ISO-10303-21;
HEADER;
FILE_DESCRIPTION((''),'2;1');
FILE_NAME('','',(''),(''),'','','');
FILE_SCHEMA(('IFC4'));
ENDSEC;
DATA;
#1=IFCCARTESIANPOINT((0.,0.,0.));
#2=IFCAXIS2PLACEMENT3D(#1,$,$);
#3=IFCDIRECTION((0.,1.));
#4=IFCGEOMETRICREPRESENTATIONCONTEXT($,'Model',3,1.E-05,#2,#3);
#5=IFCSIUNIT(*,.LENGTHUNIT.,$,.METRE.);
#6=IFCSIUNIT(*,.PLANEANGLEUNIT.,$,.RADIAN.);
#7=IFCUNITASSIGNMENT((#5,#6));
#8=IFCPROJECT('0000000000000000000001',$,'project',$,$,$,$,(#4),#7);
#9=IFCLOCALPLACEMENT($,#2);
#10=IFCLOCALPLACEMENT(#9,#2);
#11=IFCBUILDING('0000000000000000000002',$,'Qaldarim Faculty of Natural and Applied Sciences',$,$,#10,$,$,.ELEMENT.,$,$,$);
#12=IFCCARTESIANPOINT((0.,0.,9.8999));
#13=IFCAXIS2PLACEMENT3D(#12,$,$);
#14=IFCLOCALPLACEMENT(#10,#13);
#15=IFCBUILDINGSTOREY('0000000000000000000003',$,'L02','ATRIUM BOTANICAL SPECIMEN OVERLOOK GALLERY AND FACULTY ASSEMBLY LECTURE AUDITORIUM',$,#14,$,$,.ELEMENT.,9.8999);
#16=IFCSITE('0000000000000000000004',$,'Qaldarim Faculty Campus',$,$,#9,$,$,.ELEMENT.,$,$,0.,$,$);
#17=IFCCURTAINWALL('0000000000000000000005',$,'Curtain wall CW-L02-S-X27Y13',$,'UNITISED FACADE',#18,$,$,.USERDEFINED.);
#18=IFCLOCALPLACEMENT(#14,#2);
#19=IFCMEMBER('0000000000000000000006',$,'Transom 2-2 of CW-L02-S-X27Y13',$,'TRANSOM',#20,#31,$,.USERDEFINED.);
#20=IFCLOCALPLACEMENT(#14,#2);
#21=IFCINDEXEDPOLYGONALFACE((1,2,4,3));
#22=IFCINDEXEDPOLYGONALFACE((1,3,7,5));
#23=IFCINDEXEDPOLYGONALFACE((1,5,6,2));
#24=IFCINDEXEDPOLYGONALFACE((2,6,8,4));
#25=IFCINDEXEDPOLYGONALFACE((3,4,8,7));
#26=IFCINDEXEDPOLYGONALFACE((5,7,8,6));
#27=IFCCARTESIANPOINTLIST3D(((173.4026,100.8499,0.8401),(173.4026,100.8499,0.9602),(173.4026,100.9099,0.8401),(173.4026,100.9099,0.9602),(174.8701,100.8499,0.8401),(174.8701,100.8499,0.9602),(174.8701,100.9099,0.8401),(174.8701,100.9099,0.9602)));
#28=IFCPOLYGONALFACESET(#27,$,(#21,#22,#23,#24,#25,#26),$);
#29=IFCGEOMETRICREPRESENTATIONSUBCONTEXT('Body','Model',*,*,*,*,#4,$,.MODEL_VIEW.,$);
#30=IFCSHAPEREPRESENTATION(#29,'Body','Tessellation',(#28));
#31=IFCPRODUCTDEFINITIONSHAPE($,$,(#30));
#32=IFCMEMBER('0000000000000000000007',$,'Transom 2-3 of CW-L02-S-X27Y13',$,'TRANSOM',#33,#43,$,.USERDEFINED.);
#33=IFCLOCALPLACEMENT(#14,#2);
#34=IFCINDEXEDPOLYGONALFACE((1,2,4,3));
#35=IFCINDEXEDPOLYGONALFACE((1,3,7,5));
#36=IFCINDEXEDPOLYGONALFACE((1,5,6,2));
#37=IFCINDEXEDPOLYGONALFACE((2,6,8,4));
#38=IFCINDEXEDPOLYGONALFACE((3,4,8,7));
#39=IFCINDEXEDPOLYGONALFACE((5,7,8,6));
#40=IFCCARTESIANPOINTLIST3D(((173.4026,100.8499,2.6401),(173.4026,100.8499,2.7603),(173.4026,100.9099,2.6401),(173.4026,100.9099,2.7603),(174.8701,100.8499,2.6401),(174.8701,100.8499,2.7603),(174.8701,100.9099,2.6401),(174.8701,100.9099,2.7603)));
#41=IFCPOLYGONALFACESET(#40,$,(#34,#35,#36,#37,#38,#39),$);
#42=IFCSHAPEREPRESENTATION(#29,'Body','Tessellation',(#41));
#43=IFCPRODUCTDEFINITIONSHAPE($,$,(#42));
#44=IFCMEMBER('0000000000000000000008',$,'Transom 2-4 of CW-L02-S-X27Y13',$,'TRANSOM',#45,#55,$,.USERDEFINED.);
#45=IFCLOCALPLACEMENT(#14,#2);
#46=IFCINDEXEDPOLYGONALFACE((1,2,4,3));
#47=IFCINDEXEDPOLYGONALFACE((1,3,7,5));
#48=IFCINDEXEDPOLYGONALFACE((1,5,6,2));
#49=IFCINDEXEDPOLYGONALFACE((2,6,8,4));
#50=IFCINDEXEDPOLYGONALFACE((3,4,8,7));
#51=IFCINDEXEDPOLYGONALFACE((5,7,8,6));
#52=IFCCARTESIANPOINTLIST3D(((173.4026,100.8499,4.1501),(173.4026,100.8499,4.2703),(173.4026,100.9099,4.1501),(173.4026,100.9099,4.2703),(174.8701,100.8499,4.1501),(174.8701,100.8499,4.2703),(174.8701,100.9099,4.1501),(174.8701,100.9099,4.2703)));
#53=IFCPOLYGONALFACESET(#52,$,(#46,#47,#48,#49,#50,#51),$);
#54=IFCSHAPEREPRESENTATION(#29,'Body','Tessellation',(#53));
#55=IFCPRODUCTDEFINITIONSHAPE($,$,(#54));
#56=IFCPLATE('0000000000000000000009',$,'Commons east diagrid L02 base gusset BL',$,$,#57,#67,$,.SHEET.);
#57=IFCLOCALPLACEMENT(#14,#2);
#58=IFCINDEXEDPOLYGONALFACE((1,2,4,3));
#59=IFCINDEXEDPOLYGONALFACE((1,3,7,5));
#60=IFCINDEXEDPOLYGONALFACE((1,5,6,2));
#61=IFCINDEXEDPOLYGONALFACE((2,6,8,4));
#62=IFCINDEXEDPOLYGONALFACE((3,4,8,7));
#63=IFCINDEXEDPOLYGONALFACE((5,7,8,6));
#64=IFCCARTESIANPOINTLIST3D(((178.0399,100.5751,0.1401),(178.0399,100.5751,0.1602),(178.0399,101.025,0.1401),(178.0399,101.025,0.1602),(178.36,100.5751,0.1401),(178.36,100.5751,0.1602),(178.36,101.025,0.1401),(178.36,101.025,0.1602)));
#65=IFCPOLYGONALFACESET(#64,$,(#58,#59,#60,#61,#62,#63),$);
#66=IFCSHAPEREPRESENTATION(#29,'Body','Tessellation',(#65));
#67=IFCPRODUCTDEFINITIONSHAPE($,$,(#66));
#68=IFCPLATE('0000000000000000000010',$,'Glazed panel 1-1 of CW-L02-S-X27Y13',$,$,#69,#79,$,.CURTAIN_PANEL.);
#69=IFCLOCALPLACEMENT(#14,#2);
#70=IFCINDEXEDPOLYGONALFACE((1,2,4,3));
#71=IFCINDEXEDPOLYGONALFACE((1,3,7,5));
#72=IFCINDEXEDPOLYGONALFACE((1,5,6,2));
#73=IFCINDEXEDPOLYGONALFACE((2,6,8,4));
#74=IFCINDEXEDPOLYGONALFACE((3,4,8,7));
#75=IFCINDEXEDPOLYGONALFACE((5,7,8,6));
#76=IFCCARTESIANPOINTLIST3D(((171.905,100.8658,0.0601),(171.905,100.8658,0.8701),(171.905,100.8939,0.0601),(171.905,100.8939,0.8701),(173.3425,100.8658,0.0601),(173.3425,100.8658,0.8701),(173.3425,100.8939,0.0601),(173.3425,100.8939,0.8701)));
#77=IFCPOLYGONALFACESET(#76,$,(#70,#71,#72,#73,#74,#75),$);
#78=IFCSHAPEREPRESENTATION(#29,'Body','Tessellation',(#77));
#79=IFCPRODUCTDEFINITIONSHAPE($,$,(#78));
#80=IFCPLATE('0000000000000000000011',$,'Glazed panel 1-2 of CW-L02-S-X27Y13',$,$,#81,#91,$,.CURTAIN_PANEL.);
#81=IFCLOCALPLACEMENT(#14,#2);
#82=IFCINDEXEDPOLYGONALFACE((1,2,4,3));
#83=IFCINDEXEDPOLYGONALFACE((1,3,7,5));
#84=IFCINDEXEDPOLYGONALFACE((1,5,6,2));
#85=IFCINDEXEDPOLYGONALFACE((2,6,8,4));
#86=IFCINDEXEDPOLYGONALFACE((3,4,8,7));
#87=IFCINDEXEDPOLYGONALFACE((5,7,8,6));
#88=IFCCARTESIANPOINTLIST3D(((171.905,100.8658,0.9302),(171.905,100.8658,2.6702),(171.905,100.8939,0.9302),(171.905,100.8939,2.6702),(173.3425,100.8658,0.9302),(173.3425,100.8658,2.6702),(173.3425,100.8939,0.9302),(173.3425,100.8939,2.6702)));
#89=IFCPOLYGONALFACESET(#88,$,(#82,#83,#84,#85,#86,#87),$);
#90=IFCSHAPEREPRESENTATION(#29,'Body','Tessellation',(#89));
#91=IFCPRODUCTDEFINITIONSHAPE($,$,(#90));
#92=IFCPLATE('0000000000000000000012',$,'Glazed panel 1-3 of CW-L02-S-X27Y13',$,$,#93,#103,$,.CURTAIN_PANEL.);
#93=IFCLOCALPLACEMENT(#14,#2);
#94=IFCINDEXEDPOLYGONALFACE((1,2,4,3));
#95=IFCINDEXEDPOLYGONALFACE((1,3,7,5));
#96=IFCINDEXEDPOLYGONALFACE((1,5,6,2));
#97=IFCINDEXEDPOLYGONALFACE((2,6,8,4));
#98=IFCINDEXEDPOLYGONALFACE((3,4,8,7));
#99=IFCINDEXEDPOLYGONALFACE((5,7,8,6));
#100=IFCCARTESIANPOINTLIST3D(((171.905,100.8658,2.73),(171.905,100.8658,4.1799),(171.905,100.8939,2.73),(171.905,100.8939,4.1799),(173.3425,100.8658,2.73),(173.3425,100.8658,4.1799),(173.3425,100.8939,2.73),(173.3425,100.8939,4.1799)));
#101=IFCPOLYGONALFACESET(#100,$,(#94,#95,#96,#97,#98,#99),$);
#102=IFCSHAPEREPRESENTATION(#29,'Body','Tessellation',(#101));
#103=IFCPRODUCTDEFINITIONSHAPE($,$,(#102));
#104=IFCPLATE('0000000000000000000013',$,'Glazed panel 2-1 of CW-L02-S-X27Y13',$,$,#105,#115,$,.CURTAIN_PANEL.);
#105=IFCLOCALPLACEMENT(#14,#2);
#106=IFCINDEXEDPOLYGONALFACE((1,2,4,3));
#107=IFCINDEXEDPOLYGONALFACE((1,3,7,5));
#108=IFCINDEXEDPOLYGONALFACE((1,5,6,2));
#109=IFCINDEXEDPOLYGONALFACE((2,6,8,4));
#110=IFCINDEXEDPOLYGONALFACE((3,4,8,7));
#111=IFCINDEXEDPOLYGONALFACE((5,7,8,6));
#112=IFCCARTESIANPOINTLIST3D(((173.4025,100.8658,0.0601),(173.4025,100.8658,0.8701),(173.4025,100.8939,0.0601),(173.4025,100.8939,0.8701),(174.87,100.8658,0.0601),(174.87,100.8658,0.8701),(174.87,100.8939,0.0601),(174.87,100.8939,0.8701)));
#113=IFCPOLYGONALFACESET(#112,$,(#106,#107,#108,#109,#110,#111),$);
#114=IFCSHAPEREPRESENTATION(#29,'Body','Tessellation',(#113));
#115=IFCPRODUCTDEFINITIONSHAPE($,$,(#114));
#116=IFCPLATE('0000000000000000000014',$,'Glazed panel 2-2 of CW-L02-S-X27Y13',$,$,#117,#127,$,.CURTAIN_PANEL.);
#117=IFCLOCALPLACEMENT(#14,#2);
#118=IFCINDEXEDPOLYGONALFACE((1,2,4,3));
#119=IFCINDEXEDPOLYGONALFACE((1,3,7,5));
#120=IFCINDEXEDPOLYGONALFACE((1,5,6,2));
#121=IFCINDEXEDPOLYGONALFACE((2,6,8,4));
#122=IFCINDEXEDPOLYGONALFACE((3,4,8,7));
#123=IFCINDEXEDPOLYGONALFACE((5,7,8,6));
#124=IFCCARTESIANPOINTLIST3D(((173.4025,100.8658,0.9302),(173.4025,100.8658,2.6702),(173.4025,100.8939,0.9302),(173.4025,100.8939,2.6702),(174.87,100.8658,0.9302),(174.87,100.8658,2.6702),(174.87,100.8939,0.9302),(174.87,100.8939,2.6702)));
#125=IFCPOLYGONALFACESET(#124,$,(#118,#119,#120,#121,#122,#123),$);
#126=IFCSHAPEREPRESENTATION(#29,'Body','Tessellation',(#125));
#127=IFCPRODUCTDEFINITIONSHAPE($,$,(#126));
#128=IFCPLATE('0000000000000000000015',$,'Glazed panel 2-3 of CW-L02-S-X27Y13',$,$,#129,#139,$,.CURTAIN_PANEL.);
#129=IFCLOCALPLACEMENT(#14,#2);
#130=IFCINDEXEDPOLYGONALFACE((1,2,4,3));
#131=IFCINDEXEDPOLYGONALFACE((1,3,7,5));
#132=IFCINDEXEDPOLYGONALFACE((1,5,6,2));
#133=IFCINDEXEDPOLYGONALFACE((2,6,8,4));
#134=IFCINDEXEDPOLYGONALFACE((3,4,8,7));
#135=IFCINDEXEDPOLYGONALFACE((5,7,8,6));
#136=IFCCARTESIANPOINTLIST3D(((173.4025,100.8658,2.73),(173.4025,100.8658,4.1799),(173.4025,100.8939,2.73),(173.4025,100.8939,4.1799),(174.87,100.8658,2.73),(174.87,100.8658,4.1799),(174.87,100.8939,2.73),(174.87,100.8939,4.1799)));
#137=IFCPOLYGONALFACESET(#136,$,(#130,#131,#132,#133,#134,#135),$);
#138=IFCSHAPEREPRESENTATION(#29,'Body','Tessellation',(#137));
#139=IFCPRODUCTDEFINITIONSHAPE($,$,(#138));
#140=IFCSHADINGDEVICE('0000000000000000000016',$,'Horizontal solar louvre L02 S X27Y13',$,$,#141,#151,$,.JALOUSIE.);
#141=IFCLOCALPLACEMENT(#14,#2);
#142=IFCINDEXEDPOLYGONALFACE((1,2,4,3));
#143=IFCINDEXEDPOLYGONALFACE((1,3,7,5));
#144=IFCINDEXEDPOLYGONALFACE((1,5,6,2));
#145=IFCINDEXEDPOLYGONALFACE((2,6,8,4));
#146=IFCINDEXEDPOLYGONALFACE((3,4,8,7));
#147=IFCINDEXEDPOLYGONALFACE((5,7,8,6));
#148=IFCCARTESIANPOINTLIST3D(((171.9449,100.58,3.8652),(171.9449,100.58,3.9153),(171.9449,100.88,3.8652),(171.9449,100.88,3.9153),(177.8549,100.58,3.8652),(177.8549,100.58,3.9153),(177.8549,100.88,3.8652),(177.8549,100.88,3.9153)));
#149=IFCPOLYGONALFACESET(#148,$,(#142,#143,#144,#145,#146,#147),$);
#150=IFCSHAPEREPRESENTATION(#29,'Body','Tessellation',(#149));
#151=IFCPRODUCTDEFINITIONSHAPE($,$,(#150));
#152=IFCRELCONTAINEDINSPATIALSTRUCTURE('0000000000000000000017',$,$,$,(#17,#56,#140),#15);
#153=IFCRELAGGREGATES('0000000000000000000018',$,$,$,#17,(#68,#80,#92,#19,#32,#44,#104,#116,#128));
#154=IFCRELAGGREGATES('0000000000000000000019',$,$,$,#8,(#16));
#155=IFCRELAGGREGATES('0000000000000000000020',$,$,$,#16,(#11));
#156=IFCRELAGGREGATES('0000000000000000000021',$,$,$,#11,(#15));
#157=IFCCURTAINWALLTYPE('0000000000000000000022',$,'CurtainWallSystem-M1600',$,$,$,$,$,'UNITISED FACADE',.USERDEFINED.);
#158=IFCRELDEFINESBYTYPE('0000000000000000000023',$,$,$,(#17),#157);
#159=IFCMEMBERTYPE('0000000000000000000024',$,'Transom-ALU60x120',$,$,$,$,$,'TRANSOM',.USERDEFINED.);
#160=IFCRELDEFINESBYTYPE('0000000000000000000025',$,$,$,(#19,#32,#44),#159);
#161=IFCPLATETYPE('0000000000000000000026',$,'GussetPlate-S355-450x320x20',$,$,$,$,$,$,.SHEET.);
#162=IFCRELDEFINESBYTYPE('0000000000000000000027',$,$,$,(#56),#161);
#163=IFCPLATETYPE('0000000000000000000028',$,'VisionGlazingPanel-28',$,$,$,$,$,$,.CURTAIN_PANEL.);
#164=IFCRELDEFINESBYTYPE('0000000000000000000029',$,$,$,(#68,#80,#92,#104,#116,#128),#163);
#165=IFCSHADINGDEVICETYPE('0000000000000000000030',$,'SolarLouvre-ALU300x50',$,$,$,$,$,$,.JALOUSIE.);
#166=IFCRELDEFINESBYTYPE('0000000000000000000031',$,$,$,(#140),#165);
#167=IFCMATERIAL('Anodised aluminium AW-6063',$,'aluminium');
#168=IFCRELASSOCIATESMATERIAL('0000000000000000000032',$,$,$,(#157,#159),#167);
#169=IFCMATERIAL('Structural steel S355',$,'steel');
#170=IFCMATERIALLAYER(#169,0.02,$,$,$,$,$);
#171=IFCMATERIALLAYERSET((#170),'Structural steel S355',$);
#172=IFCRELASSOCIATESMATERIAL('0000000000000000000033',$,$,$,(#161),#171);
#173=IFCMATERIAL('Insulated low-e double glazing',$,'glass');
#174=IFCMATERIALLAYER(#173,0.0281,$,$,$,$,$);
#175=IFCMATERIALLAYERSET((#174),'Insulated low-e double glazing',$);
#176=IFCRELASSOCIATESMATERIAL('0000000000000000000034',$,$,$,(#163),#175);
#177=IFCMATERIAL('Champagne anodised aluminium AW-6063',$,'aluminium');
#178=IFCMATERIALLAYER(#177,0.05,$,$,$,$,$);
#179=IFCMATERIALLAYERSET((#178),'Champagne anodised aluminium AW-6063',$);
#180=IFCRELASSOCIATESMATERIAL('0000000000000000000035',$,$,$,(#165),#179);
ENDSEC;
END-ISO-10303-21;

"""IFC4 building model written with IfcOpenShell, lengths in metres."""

from ifc_helpers import new_model, si_unit, direction, frame, origin, origin_2d, place, context, subcontext, project, spatial, rectangle, extrude, material, layer, layer_set, material_profile, profile_set, type_object, element, aggregate, save


model = new_model("IFC4")

# Units and contexts
model_context = context("Model", 3, precision=1e-05, world=origin(), true_north=direction((0.0, 1.0)))
body_context = subcontext(model_context, "Body", "Model", "MODEL_VIEW")
ifc_project = project(units=[si_unit("LENGTHUNIT", "METRE"), si_unit("PLANEANGLEUNIT", "RADIAN")], contexts=[model_context])

# Site, building, storey
site_placement = place(None, origin())
site = spatial("IfcSite", under=ifc_project, at=site_placement, Name="Qaldarim Faculty Campus", CompositionType="ELEMENT", RefElevation=0.0)
building_placement = place(site_placement, origin())
building = spatial("IfcBuilding", under=site, at=building_placement, Name="Qaldarim Faculty of Natural and Applied Sciences", CompositionType="ELEMENT")
storey_placement = place(building_placement, frame((0.0, 0.0, 9.8999)))
storey = spatial("IfcBuildingStorey", under=building, at=storey_placement, Name="L02", Description="ATRIUM BOTANICAL SPECIMEN OVERLOOK GALLERY AND FACULTY ASSEMBLY LECTURE AUDITORIUM", CompositionType="ELEMENT", Elevation=9.8999)

# Shared definitions
ifc_material_1 = material(Name="Structural steel S355", Category="steel")

# Curtain wall
ifc_material_2 = material(Name="Anodised aluminium AW-6063", Category="aluminium")
curtain_wall_type = type_object("IfcCurtainWallType", Name="CurtainWallSystem-M1600", ElementType="UNITISED FACADE", PredefinedType="USERDEFINED", material=ifc_material_2)
curtain_wall_placement = place(storey_placement, origin())
curtain_wall = element("IfcCurtainWall", 1, at=curtain_wall_placement, inside=storey, type_object=curtain_wall_type, Name="Curtain wall CW-L02-S-X27Y13", ObjectType="UNITISED FACADE", PredefinedType="USERDEFINED")

# Members
ifc_material_profile_1 = material_profile(ifc_material_2, rectangle(XDim=0.0601, YDim=0.1201, at=origin_2d()), Name="ALU-T60x120")
ifc_profile_set_1 = profile_set([ifc_material_profile_1], Name="Anodised aluminium AW-6063")
member_type_1 = type_object("IfcMemberType", Name="Transom-ALU60x120", ElementType="TRANSOM", PredefinedType="USERDEFINED", material=ifc_profile_set_1)
member_1_placement = place(storey_placement, frame((173.4026, 100.8799, 0.9001), z_axis=(1.0, 0.0, 0.0), x_axis=(0.0, 1.0, 0.0)))
member_1 = element("IfcMember", 2, at=member_1_placement, type_object=member_type_1, Name="Transom 2-2 of CW-L02-S-X27Y13", ObjectType="TRANSOM", PredefinedType="USERDEFINED", context=body_context, shape_type="SweptSolid", body=[
    extrude(rectangle(XDim=0.0601, YDim=0.1201, at=origin_2d()), origin(), (0.0, 0.0, 1.0), 1.4675),
])
member_2_placement = place(storey_placement, frame((173.4026, 100.8799, 2.7002), z_axis=(1.0, 0.0, 0.0), x_axis=(0.0, 1.0, 0.0)))
member_2 = element("IfcMember", 3, at=member_2_placement, type_object=member_type_1, Name="Transom 2-3 of CW-L02-S-X27Y13", ObjectType="TRANSOM", PredefinedType="USERDEFINED", context=body_context, shape_type="SweptSolid", body=[
    extrude(rectangle(XDim=0.0601, YDim=0.1201, at=origin_2d()), origin(), (0.0, 0.0, 1.0), 1.4675),
])
member_3_placement = place(storey_placement, frame((173.4026, 100.8799, 4.2102), z_axis=(1.0, 0.0, 0.0), x_axis=(0.0, 1.0, 0.0)))
member_3 = element("IfcMember", 4, at=member_3_placement, type_object=member_type_1, Name="Transom 2-4 of CW-L02-S-X27Y13", ObjectType="TRANSOM", PredefinedType="USERDEFINED", context=body_context, shape_type="SweptSolid", body=[
    extrude(rectangle(XDim=0.0601, YDim=0.1201, at=origin_2d()), origin(), (0.0, 0.0, 1.0), 1.4675),
])

# Plates
ifc_layer_1 = layer(ifc_material_1, 0.02)
ifc_layer_set_1 = layer_set([ifc_layer_1], Name="Structural steel S355")
plate_type_1 = type_object("IfcPlateType", Name="GussetPlate-S355-450x320x20", PredefinedType="SHEET", material=ifc_layer_set_1)
plate_1_placement = place(storey_placement, frame((178.2, 100.8, 0.1401), z_axis=(0.0, 0.0, 1.0), x_axis=(0.0, 1.0, 0.0)))
element("IfcPlate", 5, at=plate_1_placement, inside=storey, type_object=plate_type_1, Name="Commons east diagrid L02 base gusset BL", PredefinedType="SHEET", context=body_context, shape_type="SweptSolid", body=[
    extrude(rectangle(XDim=0.45, YDim=0.3201, at=origin_2d()), origin(), (0.0, 0.0, 1.0), 0.02),
])
ifc_material_3 = material(Name="Insulated low-e double glazing", Category="glass")
ifc_layer_2 = layer(ifc_material_3, 0.0281)
ifc_layer_set_2 = layer_set([ifc_layer_2], Name="Insulated low-e double glazing")
plate_type_2 = type_object("IfcPlateType", Name="VisionGlazingPanel-28", PredefinedType="CURTAIN_PANEL", material=ifc_layer_set_2)
plate_2_placement = place(storey_placement, frame((172.6238, 100.8799, 0.0601), z_axis=(0.0, 0.0, 1.0), x_axis=(1.0, 0.0, 0.0)))
plate_2 = element("IfcPlate", 6, at=plate_2_placement, type_object=plate_type_2, Name="Glazed panel 1-1 of CW-L02-S-X27Y13", PredefinedType="CURTAIN_PANEL", context=body_context, shape_type="SweptSolid", body=[
    extrude(rectangle(XDim=1.4375, YDim=0.0281, at=origin_2d()), origin(), (0.0, 0.0, 1.0), 0.8101),
])
plate_3_placement = place(storey_placement, frame((172.6238, 100.8799, 0.9302), z_axis=(0.0, 0.0, 1.0), x_axis=(1.0, 0.0, 0.0)))
plate_3 = element("IfcPlate", 7, at=plate_3_placement, type_object=plate_type_2, Name="Glazed panel 1-2 of CW-L02-S-X27Y13", PredefinedType="CURTAIN_PANEL", context=body_context, shape_type="SweptSolid", body=[
    extrude(rectangle(XDim=1.4375, YDim=0.0281, at=origin_2d()), origin(), (0.0, 0.0, 1.0), 1.74),
])
plate_4_placement = place(storey_placement, frame((172.6238, 100.8799, 2.73), z_axis=(0.0, 0.0, 1.0), x_axis=(1.0, 0.0, 0.0)))
plate_4 = element("IfcPlate", 8, at=plate_4_placement, type_object=plate_type_2, Name="Glazed panel 1-3 of CW-L02-S-X27Y13", PredefinedType="CURTAIN_PANEL", context=body_context, shape_type="SweptSolid", body=[
    extrude(rectangle(XDim=1.4375, YDim=0.0281, at=origin_2d()), origin(), (0.0, 0.0, 1.0), 1.45),
])
plate_5_placement = place(storey_placement, frame((174.1362, 100.8799, 0.0601), z_axis=(0.0, 0.0, 1.0), x_axis=(1.0, 0.0, 0.0)))
plate_5 = element("IfcPlate", 9, at=plate_5_placement, type_object=plate_type_2, Name="Glazed panel 2-1 of CW-L02-S-X27Y13", PredefinedType="CURTAIN_PANEL", context=body_context, shape_type="SweptSolid", body=[
    extrude(rectangle(XDim=1.4675, YDim=0.0281, at=origin_2d()), origin(), (0.0, 0.0, 1.0), 0.8101),
])
plate_6_placement = place(storey_placement, frame((174.1362, 100.8799, 0.9302), z_axis=(0.0, 0.0, 1.0), x_axis=(1.0, 0.0, 0.0)))
plate_6 = element("IfcPlate", 10, at=plate_6_placement, type_object=plate_type_2, Name="Glazed panel 2-2 of CW-L02-S-X27Y13", PredefinedType="CURTAIN_PANEL", context=body_context, shape_type="SweptSolid", body=[
    extrude(rectangle(XDim=1.4675, YDim=0.0281, at=origin_2d()), origin(), (0.0, 0.0, 1.0), 1.74),
])
plate_7_placement = place(storey_placement, frame((174.1362, 100.8799, 2.73), z_axis=(0.0, 0.0, 1.0), x_axis=(1.0, 0.0, 0.0)))
plate_7 = element("IfcPlate", 11, at=plate_7_placement, type_object=plate_type_2, Name="Glazed panel 2-3 of CW-L02-S-X27Y13", PredefinedType="CURTAIN_PANEL", context=body_context, shape_type="SweptSolid", body=[
    extrude(rectangle(XDim=1.4675, YDim=0.0281, at=origin_2d()), origin(), (0.0, 0.0, 1.0), 1.45),
])
aggregate(curtain_wall, [plate_2, plate_3, plate_4, member_1, member_2, member_3, plate_5, plate_6, plate_7])

# Shading device
ifc_material_4 = material(Name="Champagne anodised aluminium AW-6063", Category="aluminium")
ifc_layer_3 = layer(ifc_material_4, 0.05)
ifc_layer_set_3 = layer_set([ifc_layer_3], Name="Champagne anodised aluminium AW-6063")
shading_device_type = type_object("IfcShadingDeviceType", Name="SolarLouvre-ALU300x50", PredefinedType="JALOUSIE", material=ifc_layer_set_3)
shading_device_placement = place(storey_placement, frame((174.8999, 100.73, 3.8652), z_axis=(0.0, 0.0, 1.0), x_axis=(1.0, 0.0, 0.0)))
element("IfcShadingDevice", 12, at=shading_device_placement, inside=storey, type_object=shading_device_type, Name="Horizontal solar louvre L02 S X27Y13", PredefinedType="JALOUSIE", context=body_context, shape_type="SweptSolid", body=[
    extrude(rectangle(XDim=5.9099, YDim=0.3, at=origin_2d()), origin(), (0.0, 0.0, 1.0), 0.05),
])

save(model, "model.ifc")
